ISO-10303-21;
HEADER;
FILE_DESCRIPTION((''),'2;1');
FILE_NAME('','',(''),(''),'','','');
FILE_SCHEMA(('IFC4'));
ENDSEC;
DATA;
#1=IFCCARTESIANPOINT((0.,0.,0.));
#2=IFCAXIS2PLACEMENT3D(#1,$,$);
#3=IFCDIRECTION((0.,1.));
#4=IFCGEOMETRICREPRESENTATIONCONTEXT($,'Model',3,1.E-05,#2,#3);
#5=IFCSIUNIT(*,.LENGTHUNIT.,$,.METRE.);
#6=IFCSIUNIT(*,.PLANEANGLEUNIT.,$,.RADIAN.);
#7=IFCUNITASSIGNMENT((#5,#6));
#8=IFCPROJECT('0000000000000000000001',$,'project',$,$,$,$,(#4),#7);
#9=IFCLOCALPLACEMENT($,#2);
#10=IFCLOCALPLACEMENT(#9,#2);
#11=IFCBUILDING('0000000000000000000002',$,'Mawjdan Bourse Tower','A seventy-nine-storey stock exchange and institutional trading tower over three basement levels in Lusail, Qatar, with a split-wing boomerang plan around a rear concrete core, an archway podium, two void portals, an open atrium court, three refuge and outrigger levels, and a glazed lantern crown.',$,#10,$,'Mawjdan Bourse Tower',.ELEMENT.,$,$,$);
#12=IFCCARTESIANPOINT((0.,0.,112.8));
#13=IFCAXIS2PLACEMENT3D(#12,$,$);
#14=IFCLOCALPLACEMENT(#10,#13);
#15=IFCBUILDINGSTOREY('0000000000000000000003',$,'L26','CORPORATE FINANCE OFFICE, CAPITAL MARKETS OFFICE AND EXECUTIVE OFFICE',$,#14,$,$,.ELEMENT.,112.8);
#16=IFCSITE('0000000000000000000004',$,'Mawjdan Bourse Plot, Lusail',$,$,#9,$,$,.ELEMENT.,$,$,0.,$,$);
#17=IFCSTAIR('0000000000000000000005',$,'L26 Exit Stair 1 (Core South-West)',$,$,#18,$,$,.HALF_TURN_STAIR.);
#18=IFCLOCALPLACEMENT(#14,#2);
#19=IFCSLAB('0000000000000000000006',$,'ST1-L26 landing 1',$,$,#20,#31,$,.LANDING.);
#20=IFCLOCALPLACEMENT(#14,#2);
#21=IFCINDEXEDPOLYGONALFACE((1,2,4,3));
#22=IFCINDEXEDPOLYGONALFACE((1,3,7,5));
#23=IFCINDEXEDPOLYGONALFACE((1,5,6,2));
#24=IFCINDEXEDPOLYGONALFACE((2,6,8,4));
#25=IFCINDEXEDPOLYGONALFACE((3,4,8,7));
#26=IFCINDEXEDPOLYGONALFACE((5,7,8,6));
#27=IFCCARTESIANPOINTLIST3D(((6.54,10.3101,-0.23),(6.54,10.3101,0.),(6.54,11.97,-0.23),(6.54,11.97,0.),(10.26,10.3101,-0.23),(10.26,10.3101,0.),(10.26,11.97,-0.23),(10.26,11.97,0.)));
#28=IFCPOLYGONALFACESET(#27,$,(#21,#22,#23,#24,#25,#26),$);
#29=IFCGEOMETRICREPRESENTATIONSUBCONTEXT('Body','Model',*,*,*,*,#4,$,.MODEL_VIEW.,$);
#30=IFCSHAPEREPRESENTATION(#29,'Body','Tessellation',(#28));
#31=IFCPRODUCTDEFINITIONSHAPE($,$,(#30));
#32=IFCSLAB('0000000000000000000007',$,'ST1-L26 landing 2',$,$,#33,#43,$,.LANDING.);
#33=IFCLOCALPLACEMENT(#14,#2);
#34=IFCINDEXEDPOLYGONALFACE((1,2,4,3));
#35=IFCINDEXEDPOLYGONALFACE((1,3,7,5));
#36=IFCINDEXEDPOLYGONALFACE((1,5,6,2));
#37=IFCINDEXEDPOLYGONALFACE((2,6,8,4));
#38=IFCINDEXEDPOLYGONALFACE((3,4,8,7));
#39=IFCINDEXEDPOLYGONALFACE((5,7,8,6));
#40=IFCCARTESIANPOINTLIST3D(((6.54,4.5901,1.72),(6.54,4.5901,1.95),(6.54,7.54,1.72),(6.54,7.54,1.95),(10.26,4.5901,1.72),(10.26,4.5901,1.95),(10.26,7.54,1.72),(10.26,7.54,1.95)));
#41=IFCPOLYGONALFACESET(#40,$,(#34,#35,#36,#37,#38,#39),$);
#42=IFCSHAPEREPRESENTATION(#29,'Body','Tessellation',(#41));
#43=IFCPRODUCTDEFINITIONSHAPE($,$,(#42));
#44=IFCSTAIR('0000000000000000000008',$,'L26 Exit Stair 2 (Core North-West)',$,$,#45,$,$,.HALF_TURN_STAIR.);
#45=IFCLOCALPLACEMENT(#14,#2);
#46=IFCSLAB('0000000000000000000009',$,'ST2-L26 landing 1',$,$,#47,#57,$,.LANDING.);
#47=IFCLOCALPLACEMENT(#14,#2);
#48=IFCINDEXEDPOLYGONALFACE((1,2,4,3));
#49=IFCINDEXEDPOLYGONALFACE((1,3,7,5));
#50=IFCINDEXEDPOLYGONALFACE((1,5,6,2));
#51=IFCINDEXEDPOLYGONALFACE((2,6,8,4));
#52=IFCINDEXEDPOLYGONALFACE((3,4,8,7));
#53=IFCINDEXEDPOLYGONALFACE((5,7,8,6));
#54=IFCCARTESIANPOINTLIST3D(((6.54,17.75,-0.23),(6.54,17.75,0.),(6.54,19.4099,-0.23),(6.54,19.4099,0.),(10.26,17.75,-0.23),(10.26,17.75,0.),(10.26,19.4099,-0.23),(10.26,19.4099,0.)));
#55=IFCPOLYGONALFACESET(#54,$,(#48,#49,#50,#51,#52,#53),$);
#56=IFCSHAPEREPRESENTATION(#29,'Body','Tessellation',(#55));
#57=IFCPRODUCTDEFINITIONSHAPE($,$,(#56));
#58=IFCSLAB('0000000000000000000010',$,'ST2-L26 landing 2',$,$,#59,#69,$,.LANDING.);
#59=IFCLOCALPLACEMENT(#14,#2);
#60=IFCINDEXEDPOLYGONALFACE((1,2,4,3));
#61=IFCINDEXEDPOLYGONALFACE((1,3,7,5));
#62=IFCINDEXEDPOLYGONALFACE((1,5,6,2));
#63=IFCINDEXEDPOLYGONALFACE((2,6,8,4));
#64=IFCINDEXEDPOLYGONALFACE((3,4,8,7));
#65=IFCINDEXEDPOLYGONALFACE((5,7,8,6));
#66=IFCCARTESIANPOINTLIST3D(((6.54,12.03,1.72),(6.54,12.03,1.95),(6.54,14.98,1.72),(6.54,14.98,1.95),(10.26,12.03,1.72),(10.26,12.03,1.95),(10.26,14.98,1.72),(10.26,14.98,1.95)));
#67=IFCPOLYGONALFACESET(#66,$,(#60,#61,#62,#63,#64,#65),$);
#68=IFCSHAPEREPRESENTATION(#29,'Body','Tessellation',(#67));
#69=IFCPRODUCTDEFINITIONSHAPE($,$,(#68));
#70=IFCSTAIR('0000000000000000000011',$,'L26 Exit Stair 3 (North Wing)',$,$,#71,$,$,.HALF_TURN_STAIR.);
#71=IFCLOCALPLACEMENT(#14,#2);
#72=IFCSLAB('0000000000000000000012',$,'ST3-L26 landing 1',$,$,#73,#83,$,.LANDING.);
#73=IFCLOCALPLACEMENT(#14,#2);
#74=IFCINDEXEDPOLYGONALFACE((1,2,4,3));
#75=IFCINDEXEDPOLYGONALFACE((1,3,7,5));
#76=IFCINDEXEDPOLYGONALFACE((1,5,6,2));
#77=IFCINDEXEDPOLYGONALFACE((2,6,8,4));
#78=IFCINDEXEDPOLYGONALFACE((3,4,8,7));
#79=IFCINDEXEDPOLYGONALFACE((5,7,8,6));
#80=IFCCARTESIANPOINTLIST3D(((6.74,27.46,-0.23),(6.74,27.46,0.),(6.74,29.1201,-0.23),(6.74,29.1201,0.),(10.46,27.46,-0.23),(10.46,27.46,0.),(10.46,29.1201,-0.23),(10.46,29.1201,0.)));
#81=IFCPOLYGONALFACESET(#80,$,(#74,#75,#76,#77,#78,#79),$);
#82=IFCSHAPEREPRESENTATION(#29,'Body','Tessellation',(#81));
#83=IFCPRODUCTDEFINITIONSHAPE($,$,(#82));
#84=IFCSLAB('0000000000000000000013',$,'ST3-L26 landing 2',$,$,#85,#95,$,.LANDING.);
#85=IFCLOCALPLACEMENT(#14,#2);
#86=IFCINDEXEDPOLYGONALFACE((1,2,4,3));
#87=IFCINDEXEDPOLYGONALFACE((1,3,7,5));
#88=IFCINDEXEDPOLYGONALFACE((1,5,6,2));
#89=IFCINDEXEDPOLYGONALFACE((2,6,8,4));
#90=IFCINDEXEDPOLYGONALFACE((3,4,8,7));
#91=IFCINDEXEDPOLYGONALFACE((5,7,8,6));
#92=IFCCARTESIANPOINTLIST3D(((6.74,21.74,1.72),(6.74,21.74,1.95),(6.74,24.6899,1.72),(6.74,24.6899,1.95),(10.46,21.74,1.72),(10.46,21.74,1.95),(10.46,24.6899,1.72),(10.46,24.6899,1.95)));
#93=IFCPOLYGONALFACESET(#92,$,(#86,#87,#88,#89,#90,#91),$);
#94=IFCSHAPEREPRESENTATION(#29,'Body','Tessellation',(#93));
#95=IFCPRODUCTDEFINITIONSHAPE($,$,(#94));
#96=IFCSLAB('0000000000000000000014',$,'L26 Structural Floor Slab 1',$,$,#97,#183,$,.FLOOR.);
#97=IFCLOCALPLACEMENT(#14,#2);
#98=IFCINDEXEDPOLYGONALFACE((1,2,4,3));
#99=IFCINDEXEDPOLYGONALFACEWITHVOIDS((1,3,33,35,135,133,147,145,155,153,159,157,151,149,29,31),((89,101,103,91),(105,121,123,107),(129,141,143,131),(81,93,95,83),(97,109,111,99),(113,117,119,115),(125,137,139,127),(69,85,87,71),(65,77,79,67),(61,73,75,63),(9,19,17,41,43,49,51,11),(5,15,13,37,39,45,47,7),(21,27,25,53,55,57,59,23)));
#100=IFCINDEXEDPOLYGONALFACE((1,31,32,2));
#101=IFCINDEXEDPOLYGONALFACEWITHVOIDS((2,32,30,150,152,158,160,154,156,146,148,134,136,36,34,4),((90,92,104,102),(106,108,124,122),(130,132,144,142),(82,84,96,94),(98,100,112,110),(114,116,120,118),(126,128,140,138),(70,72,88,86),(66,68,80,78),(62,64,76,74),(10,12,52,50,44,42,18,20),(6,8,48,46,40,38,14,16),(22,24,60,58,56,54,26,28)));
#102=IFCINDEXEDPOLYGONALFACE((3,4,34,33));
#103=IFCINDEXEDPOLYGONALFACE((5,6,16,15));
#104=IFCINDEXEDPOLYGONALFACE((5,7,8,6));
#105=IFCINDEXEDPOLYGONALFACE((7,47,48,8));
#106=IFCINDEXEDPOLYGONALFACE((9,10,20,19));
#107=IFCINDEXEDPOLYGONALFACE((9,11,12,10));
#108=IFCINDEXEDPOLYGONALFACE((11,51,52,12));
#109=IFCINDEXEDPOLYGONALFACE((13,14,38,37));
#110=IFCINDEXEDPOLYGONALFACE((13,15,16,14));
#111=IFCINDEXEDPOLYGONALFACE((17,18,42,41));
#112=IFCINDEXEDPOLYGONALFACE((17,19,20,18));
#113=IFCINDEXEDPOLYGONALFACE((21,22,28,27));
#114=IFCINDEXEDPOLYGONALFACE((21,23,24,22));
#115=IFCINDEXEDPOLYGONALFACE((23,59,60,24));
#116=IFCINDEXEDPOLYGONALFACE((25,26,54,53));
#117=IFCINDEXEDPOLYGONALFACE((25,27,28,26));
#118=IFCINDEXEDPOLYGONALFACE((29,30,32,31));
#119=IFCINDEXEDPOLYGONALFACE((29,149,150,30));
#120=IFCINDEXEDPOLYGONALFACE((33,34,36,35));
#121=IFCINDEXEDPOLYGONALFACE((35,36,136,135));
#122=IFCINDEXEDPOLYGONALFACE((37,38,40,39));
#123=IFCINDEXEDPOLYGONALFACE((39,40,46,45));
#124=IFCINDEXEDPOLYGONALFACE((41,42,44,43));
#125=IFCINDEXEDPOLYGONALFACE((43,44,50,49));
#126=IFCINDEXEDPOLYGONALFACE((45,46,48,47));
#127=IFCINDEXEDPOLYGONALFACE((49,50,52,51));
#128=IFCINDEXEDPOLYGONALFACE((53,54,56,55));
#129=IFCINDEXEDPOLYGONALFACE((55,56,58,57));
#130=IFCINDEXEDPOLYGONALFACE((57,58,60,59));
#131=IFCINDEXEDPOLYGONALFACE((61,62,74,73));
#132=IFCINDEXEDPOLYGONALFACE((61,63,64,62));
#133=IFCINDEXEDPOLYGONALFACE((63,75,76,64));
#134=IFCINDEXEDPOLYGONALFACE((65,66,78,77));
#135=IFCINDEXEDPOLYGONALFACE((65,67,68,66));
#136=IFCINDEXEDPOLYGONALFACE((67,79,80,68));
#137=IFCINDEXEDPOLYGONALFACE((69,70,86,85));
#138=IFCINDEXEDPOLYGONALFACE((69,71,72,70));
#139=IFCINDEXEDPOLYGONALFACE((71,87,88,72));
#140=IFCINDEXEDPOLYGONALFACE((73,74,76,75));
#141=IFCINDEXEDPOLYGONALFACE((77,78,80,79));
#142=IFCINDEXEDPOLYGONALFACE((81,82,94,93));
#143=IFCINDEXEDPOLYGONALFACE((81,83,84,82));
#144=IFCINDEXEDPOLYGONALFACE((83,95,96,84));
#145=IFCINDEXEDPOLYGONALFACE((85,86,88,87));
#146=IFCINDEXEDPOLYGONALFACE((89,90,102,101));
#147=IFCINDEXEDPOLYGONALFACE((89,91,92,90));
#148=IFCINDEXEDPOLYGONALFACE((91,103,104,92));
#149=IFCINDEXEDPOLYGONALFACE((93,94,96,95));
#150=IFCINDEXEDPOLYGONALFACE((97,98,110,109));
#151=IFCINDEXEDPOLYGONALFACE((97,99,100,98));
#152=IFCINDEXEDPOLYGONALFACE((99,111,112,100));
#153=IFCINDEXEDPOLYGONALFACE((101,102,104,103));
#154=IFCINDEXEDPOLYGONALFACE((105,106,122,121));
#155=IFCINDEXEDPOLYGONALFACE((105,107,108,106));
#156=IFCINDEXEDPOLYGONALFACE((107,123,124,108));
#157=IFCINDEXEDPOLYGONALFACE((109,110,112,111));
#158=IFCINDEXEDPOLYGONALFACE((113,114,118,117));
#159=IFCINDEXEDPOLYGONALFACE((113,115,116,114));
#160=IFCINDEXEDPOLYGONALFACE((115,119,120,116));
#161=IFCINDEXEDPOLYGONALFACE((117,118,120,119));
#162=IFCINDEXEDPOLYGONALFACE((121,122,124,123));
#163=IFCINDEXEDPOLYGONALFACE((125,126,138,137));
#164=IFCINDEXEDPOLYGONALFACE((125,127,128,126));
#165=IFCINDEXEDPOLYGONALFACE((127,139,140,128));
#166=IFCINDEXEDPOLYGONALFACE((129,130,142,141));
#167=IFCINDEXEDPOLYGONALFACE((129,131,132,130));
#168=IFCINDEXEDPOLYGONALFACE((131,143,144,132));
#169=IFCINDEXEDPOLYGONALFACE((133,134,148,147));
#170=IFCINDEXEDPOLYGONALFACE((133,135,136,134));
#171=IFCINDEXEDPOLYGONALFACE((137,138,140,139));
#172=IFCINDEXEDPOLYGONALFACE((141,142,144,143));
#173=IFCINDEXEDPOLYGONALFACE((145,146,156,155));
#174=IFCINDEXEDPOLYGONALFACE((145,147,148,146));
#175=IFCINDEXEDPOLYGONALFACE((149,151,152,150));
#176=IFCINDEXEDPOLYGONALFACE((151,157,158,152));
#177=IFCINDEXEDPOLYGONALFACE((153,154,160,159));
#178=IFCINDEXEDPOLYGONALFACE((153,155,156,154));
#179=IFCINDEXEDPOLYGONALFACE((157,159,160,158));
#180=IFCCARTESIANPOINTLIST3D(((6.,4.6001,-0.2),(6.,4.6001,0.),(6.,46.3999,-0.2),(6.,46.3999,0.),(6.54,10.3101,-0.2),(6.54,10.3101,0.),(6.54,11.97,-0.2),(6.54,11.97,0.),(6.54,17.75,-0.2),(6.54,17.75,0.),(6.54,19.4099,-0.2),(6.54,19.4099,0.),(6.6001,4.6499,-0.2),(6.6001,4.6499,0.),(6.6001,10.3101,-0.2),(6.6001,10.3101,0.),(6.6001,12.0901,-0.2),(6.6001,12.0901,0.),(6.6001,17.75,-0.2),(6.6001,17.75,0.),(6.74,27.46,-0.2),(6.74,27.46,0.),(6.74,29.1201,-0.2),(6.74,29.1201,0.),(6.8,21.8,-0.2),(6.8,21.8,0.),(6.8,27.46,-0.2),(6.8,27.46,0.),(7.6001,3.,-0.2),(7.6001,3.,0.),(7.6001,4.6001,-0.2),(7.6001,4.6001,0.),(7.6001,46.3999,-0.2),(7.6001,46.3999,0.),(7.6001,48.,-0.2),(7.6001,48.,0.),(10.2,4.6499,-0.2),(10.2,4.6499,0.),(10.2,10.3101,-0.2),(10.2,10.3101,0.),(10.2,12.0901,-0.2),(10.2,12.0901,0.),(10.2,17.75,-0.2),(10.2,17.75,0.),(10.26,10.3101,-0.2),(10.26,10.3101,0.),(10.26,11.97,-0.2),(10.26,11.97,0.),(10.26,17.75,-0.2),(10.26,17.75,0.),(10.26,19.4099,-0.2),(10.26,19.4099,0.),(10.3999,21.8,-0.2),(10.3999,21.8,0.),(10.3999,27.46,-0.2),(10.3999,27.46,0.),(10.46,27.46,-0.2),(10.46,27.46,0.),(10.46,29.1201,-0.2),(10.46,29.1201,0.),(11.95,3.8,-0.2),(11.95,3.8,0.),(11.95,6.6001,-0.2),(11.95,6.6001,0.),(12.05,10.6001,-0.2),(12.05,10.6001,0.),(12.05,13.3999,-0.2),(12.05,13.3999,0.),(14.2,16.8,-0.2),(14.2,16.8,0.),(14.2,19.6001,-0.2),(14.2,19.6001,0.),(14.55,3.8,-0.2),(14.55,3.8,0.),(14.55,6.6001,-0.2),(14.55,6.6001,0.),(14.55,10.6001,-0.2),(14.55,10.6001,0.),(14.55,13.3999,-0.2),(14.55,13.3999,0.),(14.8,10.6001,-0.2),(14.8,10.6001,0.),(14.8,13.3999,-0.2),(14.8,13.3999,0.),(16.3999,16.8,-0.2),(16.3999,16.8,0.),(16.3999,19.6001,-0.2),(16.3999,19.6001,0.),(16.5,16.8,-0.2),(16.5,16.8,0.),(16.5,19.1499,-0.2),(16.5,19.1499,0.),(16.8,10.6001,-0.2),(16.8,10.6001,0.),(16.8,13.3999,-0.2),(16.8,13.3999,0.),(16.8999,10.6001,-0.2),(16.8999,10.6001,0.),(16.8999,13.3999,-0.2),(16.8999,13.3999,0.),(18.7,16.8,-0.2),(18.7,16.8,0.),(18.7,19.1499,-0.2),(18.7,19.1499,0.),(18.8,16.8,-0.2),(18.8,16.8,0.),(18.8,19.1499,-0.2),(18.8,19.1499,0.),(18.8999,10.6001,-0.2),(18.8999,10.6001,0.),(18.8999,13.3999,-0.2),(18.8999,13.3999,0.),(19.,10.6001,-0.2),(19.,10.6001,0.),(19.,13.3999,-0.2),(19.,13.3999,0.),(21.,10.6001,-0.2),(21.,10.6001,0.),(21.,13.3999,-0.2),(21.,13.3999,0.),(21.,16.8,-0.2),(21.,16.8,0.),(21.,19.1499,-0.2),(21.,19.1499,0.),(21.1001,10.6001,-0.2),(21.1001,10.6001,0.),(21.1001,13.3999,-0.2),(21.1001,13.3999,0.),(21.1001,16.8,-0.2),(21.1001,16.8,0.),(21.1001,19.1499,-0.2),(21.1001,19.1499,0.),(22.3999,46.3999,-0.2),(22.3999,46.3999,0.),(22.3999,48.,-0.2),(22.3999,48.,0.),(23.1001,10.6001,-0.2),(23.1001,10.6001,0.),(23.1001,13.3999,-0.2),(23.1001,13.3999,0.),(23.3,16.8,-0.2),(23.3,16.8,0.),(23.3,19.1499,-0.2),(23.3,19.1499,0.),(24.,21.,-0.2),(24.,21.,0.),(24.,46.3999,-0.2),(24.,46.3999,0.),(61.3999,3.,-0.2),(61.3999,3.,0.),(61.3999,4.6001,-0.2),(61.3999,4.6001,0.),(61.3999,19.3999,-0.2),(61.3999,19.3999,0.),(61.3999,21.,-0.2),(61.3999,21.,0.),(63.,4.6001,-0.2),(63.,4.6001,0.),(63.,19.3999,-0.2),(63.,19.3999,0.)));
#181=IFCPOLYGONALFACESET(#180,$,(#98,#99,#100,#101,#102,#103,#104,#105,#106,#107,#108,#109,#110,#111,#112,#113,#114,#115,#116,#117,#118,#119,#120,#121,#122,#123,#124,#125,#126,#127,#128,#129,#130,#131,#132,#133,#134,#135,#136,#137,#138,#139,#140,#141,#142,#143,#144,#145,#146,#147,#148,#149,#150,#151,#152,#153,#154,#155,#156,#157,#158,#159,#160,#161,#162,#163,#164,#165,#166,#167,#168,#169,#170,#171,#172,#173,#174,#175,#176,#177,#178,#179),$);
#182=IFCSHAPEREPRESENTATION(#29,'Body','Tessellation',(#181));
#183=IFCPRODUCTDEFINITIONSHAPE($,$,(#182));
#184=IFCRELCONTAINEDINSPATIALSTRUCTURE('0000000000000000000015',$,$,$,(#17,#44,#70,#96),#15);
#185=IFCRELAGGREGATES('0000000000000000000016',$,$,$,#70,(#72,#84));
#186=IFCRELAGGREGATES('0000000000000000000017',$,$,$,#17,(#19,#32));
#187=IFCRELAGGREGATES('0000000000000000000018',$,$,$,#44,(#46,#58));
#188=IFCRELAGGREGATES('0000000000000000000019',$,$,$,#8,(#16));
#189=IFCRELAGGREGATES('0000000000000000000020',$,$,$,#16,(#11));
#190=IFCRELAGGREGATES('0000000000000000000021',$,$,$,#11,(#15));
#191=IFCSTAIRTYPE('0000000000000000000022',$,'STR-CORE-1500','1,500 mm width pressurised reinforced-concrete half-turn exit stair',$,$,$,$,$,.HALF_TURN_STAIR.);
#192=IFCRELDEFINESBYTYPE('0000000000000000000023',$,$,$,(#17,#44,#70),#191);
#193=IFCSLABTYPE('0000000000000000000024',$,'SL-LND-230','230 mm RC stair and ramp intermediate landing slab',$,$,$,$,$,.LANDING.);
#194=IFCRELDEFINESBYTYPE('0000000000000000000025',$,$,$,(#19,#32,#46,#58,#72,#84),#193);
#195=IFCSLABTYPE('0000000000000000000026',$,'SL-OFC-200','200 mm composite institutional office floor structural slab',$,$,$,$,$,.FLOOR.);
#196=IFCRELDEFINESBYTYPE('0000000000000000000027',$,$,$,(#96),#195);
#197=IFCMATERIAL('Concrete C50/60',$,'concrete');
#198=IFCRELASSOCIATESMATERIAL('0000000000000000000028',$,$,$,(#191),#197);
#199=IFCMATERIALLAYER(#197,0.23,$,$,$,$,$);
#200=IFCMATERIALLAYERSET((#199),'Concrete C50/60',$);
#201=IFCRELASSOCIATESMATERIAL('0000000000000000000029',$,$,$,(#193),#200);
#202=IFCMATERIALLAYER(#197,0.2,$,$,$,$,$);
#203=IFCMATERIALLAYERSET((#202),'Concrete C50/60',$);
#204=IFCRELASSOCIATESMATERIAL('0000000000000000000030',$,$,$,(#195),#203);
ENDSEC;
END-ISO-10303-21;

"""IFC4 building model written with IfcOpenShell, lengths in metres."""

from ifc_helpers import new_model, si_unit, direction, frame, origin, place, context, subcontext, project, spatial, polyline, outline, extrude, material, layer, layer_set, type_object, element, aggregate, save


model = new_model("IFC4")

# Units and contexts
model_context = context("Model", 3, precision=1e-05, world=origin(), true_north=direction((0.0, 1.0)))
body_context = subcontext(model_context, "Body", "Model", "MODEL_VIEW")
ifc_project = project(units=[si_unit("LENGTHUNIT", "METRE"), si_unit("PLANEANGLEUNIT", "RADIAN")], contexts=[model_context])

# Site, building, storey
site_placement = place(None, origin())
site = spatial("IfcSite", under=ifc_project, at=site_placement, Name="Mawjdan Bourse Plot, Lusail", CompositionType="ELEMENT", RefElevation=0.0)
building_placement = place(site_placement, origin())
building = spatial("IfcBuilding", under=site, at=building_placement, Name="Mawjdan Bourse Tower", Description="A seventy-nine-storey stock exchange and institutional trading tower over three basement levels in Lusail, Qatar, with a split-wing boomerang plan around a rear concrete core, an archway podium, two void portals, an open atrium court, three refuge and outrigger levels, and a glazed lantern crown.", LongName="Mawjdan Bourse Tower", CompositionType="ELEMENT")
storey_placement = place(building_placement, frame((0.0, 0.0, 112.8)))
storey = spatial("IfcBuildingStorey", under=building, at=storey_placement, Name="L26", Description="CORPORATE FINANCE OFFICE, CAPITAL MARKETS OFFICE AND EXECUTIVE OFFICE", CompositionType="ELEMENT", Elevation=112.8)

# Stairs, slabs
ifc_material_1 = material(Name="Concrete C50/60", Category="concrete")
stair_type = type_object("IfcStairType", Name="STR-CORE-1500", Description="1,500 mm width pressurised reinforced-concrete half-turn exit stair", PredefinedType="HALF_TURN_STAIR", material=ifc_material_1)
stair_1_placement = place(storey_placement, origin())
stair_1 = element("IfcStair", 1, at=stair_1_placement, inside=storey, type_object=stair_type, Name="L26 Exit Stair 1 (Core South-West)", PredefinedType="HALF_TURN_STAIR")
ifc_layer_1 = layer(ifc_material_1, 0.23)
ifc_layer_set_1 = layer_set([ifc_layer_1], Name="Concrete C50/60")
slab_type_1 = type_object("IfcSlabType", Name="SL-LND-230", Description="230 mm RC stair and ramp intermediate landing slab", PredefinedType="LANDING", material=ifc_layer_set_1)
slab_1_placement = place(storey_placement, frame((0.0, 0.0, -0.23)))
slab_1 = element("IfcSlab", 2, at=slab_1_placement, type_object=slab_type_1, Name="ST1-L26 landing 1", PredefinedType="LANDING", context=body_context, shape_type="SweptSolid", body=[
    extrude(outline(polyline([(6.54, 10.3101), (10.26, 10.3101), (10.26, 11.97), (6.54, 11.97), (6.54, 10.3101)])), origin(), (0.0, 0.0, 1.0), 0.23),
])
slab_2_placement = place(storey_placement, frame((0.0, 0.0, 1.72)))
slab_2 = element("IfcSlab", 3, at=slab_2_placement, type_object=slab_type_1, Name="ST1-L26 landing 2", PredefinedType="LANDING", context=body_context, shape_type="SweptSolid", body=[
    extrude(outline(polyline([(6.54, 4.5901), (10.26, 4.5901), (10.26, 7.54), (6.54, 7.54), (6.54, 4.5901)])), origin(), (0.0, 0.0, 1.0), 0.23),
])
stair_2_placement = place(storey_placement, origin())
stair_2 = element("IfcStair", 4, at=stair_2_placement, inside=storey, type_object=stair_type, Name="L26 Exit Stair 2 (Core North-West)", PredefinedType="HALF_TURN_STAIR")
slab_3_placement = place(storey_placement, frame((0.0, 0.0, -0.23)))
slab_3 = element("IfcSlab", 5, at=slab_3_placement, type_object=slab_type_1, Name="ST2-L26 landing 1", PredefinedType="LANDING", context=body_context, shape_type="SweptSolid", body=[
    extrude(outline(polyline([(6.54, 17.75), (10.26, 17.75), (10.26, 19.4099), (6.54, 19.4099), (6.54, 17.75)])), origin(), (0.0, 0.0, 1.0), 0.23),
])
slab_4_placement = place(storey_placement, frame((0.0, 0.0, 1.72)))
slab_4 = element("IfcSlab", 6, at=slab_4_placement, type_object=slab_type_1, Name="ST2-L26 landing 2", PredefinedType="LANDING", context=body_context, shape_type="SweptSolid", body=[
    extrude(outline(polyline([(6.54, 12.03), (10.26, 12.03), (10.26, 14.98), (6.54, 14.98), (6.54, 12.03)])), origin(), (0.0, 0.0, 1.0), 0.23),
])
stair_3_placement = place(storey_placement, origin())
stair_3 = element("IfcStair", 7, at=stair_3_placement, inside=storey, type_object=stair_type, Name="L26 Exit Stair 3 (North Wing)", PredefinedType="HALF_TURN_STAIR")
slab_5_placement = place(storey_placement, frame((0.0, 0.0, -0.23)))
slab_5 = element("IfcSlab", 8, at=slab_5_placement, type_object=slab_type_1, Name="ST3-L26 landing 1", PredefinedType="LANDING", context=body_context, shape_type="SweptSolid", body=[
    extrude(outline(polyline([(6.74, 27.46), (10.46, 27.46), (10.46, 29.1201), (6.74, 29.1201), (6.74, 27.46)])), origin(), (0.0, 0.0, 1.0), 0.23),
])
slab_6_placement = place(storey_placement, frame((0.0, 0.0, 1.72)))
slab_6 = element("IfcSlab", 9, at=slab_6_placement, type_object=slab_type_1, Name="ST3-L26 landing 2", PredefinedType="LANDING", context=body_context, shape_type="SweptSolid", body=[
    extrude(outline(polyline([(6.74, 21.74), (10.46, 21.74), (10.46, 24.6899), (6.74, 24.6899), (6.74, 21.74)])), origin(), (0.0, 0.0, 1.0), 0.23),
])
aggregate(stair_3, [slab_5, slab_6])

# Slab
ifc_layer_2 = layer(ifc_material_1, 0.2)
ifc_layer_set_2 = layer_set([ifc_layer_2], Name="Concrete C50/60")
slab_type_2 = type_object("IfcSlabType", Name="SL-OFC-200", Description="200 mm composite institutional office floor structural slab", PredefinedType="FLOOR", material=ifc_layer_set_2)
slab_7_placement = place(storey_placement, frame((0.0, 0.0, -0.2)))
element("IfcSlab", 10, at=slab_7_placement, inside=storey, type_object=slab_type_2, Name="L26 Structural Floor Slab 1", PredefinedType="FLOOR", context=body_context, shape_type="SweptSolid", body=[
    extrude(outline(polyline([(7.6001, 3.0), (61.3999, 3.0), (61.3999, 4.6001), (63.0, 4.6001), (63.0, 19.3999), (61.3999, 19.3999), (61.3999, 21.0), (24.0, 21.0), (24.0, 46.3999), (22.3999, 46.3999), (22.3999, 48.0), (7.6001, 48.0), (7.6001, 46.3999), (6.0, 46.3999), (6.0, 4.6001), (7.6001, 4.6001), (7.6001, 3.0)]), holes=[polyline([(11.95, 3.8), (11.95, 6.6001), (14.55, 6.6001), (14.55, 3.8), (11.95, 3.8)]), polyline([(6.6001, 10.3101), (6.54, 10.3101), (6.54, 11.97), (10.26, 11.97), (10.26, 10.3101), (10.2, 10.3101), (10.2, 4.6499), (6.6001, 4.6499), (6.6001, 10.3101)]), polyline([(12.05, 10.6001), (12.05, 13.3999), (14.55, 13.3999), (14.55, 10.6001), (12.05, 10.6001)]), polyline([(10.26, 19.4099), (10.26, 17.75), (10.2, 17.75), (10.2, 12.0901), (6.6001, 12.0901), (6.6001, 17.75), (6.54, 17.75), (6.54, 19.4099), (10.26, 19.4099)]), polyline([(10.46, 29.1201), (10.46, 27.46), (10.3999, 27.46), (10.3999, 21.8), (6.8, 21.8), (6.8, 27.46), (6.74, 27.46), (6.74, 29.1201), (10.46, 29.1201)]), polyline([(14.8, 10.6001), (14.8, 13.3999), (16.8, 13.3999), (16.8, 10.6001), (14.8, 10.6001)]), polyline([(16.8999, 10.6001), (16.8999, 13.3999), (18.8999, 13.3999), (18.8999, 10.6001), (16.8999, 10.6001)]), polyline([(19.0, 10.6001), (19.0, 13.3999), (21.0, 13.3999), (21.0, 10.6001), (19.0, 10.6001)]), polyline([(21.1001, 10.6001), (21.1001, 13.3999), (23.1001, 13.3999), (23.1001, 10.6001), (21.1001, 10.6001)]), polyline([(16.5, 16.8), (16.5, 19.1499), (18.7, 19.1499), (18.7, 16.8), (16.5, 16.8)]), polyline([(18.8, 16.8), (18.8, 19.1499), (21.0, 19.1499), (21.0, 16.8), (18.8, 16.8)]), polyline([(21.1001, 16.8), (21.1001, 19.1499), (23.3, 19.1499), (23.3, 16.8), (21.1001, 16.8)]), polyline([(14.2, 16.8), (14.2, 19.6001), (16.3999, 19.6001), (16.3999, 16.8), (14.2, 16.8)])]), origin(), (0.0, 0.0, 1.0), 0.2),
])

aggregate(stair_1, [slab_1, slab_2])
aggregate(stair_2, [slab_3, slab_4])

save(model, "model.ifc")
